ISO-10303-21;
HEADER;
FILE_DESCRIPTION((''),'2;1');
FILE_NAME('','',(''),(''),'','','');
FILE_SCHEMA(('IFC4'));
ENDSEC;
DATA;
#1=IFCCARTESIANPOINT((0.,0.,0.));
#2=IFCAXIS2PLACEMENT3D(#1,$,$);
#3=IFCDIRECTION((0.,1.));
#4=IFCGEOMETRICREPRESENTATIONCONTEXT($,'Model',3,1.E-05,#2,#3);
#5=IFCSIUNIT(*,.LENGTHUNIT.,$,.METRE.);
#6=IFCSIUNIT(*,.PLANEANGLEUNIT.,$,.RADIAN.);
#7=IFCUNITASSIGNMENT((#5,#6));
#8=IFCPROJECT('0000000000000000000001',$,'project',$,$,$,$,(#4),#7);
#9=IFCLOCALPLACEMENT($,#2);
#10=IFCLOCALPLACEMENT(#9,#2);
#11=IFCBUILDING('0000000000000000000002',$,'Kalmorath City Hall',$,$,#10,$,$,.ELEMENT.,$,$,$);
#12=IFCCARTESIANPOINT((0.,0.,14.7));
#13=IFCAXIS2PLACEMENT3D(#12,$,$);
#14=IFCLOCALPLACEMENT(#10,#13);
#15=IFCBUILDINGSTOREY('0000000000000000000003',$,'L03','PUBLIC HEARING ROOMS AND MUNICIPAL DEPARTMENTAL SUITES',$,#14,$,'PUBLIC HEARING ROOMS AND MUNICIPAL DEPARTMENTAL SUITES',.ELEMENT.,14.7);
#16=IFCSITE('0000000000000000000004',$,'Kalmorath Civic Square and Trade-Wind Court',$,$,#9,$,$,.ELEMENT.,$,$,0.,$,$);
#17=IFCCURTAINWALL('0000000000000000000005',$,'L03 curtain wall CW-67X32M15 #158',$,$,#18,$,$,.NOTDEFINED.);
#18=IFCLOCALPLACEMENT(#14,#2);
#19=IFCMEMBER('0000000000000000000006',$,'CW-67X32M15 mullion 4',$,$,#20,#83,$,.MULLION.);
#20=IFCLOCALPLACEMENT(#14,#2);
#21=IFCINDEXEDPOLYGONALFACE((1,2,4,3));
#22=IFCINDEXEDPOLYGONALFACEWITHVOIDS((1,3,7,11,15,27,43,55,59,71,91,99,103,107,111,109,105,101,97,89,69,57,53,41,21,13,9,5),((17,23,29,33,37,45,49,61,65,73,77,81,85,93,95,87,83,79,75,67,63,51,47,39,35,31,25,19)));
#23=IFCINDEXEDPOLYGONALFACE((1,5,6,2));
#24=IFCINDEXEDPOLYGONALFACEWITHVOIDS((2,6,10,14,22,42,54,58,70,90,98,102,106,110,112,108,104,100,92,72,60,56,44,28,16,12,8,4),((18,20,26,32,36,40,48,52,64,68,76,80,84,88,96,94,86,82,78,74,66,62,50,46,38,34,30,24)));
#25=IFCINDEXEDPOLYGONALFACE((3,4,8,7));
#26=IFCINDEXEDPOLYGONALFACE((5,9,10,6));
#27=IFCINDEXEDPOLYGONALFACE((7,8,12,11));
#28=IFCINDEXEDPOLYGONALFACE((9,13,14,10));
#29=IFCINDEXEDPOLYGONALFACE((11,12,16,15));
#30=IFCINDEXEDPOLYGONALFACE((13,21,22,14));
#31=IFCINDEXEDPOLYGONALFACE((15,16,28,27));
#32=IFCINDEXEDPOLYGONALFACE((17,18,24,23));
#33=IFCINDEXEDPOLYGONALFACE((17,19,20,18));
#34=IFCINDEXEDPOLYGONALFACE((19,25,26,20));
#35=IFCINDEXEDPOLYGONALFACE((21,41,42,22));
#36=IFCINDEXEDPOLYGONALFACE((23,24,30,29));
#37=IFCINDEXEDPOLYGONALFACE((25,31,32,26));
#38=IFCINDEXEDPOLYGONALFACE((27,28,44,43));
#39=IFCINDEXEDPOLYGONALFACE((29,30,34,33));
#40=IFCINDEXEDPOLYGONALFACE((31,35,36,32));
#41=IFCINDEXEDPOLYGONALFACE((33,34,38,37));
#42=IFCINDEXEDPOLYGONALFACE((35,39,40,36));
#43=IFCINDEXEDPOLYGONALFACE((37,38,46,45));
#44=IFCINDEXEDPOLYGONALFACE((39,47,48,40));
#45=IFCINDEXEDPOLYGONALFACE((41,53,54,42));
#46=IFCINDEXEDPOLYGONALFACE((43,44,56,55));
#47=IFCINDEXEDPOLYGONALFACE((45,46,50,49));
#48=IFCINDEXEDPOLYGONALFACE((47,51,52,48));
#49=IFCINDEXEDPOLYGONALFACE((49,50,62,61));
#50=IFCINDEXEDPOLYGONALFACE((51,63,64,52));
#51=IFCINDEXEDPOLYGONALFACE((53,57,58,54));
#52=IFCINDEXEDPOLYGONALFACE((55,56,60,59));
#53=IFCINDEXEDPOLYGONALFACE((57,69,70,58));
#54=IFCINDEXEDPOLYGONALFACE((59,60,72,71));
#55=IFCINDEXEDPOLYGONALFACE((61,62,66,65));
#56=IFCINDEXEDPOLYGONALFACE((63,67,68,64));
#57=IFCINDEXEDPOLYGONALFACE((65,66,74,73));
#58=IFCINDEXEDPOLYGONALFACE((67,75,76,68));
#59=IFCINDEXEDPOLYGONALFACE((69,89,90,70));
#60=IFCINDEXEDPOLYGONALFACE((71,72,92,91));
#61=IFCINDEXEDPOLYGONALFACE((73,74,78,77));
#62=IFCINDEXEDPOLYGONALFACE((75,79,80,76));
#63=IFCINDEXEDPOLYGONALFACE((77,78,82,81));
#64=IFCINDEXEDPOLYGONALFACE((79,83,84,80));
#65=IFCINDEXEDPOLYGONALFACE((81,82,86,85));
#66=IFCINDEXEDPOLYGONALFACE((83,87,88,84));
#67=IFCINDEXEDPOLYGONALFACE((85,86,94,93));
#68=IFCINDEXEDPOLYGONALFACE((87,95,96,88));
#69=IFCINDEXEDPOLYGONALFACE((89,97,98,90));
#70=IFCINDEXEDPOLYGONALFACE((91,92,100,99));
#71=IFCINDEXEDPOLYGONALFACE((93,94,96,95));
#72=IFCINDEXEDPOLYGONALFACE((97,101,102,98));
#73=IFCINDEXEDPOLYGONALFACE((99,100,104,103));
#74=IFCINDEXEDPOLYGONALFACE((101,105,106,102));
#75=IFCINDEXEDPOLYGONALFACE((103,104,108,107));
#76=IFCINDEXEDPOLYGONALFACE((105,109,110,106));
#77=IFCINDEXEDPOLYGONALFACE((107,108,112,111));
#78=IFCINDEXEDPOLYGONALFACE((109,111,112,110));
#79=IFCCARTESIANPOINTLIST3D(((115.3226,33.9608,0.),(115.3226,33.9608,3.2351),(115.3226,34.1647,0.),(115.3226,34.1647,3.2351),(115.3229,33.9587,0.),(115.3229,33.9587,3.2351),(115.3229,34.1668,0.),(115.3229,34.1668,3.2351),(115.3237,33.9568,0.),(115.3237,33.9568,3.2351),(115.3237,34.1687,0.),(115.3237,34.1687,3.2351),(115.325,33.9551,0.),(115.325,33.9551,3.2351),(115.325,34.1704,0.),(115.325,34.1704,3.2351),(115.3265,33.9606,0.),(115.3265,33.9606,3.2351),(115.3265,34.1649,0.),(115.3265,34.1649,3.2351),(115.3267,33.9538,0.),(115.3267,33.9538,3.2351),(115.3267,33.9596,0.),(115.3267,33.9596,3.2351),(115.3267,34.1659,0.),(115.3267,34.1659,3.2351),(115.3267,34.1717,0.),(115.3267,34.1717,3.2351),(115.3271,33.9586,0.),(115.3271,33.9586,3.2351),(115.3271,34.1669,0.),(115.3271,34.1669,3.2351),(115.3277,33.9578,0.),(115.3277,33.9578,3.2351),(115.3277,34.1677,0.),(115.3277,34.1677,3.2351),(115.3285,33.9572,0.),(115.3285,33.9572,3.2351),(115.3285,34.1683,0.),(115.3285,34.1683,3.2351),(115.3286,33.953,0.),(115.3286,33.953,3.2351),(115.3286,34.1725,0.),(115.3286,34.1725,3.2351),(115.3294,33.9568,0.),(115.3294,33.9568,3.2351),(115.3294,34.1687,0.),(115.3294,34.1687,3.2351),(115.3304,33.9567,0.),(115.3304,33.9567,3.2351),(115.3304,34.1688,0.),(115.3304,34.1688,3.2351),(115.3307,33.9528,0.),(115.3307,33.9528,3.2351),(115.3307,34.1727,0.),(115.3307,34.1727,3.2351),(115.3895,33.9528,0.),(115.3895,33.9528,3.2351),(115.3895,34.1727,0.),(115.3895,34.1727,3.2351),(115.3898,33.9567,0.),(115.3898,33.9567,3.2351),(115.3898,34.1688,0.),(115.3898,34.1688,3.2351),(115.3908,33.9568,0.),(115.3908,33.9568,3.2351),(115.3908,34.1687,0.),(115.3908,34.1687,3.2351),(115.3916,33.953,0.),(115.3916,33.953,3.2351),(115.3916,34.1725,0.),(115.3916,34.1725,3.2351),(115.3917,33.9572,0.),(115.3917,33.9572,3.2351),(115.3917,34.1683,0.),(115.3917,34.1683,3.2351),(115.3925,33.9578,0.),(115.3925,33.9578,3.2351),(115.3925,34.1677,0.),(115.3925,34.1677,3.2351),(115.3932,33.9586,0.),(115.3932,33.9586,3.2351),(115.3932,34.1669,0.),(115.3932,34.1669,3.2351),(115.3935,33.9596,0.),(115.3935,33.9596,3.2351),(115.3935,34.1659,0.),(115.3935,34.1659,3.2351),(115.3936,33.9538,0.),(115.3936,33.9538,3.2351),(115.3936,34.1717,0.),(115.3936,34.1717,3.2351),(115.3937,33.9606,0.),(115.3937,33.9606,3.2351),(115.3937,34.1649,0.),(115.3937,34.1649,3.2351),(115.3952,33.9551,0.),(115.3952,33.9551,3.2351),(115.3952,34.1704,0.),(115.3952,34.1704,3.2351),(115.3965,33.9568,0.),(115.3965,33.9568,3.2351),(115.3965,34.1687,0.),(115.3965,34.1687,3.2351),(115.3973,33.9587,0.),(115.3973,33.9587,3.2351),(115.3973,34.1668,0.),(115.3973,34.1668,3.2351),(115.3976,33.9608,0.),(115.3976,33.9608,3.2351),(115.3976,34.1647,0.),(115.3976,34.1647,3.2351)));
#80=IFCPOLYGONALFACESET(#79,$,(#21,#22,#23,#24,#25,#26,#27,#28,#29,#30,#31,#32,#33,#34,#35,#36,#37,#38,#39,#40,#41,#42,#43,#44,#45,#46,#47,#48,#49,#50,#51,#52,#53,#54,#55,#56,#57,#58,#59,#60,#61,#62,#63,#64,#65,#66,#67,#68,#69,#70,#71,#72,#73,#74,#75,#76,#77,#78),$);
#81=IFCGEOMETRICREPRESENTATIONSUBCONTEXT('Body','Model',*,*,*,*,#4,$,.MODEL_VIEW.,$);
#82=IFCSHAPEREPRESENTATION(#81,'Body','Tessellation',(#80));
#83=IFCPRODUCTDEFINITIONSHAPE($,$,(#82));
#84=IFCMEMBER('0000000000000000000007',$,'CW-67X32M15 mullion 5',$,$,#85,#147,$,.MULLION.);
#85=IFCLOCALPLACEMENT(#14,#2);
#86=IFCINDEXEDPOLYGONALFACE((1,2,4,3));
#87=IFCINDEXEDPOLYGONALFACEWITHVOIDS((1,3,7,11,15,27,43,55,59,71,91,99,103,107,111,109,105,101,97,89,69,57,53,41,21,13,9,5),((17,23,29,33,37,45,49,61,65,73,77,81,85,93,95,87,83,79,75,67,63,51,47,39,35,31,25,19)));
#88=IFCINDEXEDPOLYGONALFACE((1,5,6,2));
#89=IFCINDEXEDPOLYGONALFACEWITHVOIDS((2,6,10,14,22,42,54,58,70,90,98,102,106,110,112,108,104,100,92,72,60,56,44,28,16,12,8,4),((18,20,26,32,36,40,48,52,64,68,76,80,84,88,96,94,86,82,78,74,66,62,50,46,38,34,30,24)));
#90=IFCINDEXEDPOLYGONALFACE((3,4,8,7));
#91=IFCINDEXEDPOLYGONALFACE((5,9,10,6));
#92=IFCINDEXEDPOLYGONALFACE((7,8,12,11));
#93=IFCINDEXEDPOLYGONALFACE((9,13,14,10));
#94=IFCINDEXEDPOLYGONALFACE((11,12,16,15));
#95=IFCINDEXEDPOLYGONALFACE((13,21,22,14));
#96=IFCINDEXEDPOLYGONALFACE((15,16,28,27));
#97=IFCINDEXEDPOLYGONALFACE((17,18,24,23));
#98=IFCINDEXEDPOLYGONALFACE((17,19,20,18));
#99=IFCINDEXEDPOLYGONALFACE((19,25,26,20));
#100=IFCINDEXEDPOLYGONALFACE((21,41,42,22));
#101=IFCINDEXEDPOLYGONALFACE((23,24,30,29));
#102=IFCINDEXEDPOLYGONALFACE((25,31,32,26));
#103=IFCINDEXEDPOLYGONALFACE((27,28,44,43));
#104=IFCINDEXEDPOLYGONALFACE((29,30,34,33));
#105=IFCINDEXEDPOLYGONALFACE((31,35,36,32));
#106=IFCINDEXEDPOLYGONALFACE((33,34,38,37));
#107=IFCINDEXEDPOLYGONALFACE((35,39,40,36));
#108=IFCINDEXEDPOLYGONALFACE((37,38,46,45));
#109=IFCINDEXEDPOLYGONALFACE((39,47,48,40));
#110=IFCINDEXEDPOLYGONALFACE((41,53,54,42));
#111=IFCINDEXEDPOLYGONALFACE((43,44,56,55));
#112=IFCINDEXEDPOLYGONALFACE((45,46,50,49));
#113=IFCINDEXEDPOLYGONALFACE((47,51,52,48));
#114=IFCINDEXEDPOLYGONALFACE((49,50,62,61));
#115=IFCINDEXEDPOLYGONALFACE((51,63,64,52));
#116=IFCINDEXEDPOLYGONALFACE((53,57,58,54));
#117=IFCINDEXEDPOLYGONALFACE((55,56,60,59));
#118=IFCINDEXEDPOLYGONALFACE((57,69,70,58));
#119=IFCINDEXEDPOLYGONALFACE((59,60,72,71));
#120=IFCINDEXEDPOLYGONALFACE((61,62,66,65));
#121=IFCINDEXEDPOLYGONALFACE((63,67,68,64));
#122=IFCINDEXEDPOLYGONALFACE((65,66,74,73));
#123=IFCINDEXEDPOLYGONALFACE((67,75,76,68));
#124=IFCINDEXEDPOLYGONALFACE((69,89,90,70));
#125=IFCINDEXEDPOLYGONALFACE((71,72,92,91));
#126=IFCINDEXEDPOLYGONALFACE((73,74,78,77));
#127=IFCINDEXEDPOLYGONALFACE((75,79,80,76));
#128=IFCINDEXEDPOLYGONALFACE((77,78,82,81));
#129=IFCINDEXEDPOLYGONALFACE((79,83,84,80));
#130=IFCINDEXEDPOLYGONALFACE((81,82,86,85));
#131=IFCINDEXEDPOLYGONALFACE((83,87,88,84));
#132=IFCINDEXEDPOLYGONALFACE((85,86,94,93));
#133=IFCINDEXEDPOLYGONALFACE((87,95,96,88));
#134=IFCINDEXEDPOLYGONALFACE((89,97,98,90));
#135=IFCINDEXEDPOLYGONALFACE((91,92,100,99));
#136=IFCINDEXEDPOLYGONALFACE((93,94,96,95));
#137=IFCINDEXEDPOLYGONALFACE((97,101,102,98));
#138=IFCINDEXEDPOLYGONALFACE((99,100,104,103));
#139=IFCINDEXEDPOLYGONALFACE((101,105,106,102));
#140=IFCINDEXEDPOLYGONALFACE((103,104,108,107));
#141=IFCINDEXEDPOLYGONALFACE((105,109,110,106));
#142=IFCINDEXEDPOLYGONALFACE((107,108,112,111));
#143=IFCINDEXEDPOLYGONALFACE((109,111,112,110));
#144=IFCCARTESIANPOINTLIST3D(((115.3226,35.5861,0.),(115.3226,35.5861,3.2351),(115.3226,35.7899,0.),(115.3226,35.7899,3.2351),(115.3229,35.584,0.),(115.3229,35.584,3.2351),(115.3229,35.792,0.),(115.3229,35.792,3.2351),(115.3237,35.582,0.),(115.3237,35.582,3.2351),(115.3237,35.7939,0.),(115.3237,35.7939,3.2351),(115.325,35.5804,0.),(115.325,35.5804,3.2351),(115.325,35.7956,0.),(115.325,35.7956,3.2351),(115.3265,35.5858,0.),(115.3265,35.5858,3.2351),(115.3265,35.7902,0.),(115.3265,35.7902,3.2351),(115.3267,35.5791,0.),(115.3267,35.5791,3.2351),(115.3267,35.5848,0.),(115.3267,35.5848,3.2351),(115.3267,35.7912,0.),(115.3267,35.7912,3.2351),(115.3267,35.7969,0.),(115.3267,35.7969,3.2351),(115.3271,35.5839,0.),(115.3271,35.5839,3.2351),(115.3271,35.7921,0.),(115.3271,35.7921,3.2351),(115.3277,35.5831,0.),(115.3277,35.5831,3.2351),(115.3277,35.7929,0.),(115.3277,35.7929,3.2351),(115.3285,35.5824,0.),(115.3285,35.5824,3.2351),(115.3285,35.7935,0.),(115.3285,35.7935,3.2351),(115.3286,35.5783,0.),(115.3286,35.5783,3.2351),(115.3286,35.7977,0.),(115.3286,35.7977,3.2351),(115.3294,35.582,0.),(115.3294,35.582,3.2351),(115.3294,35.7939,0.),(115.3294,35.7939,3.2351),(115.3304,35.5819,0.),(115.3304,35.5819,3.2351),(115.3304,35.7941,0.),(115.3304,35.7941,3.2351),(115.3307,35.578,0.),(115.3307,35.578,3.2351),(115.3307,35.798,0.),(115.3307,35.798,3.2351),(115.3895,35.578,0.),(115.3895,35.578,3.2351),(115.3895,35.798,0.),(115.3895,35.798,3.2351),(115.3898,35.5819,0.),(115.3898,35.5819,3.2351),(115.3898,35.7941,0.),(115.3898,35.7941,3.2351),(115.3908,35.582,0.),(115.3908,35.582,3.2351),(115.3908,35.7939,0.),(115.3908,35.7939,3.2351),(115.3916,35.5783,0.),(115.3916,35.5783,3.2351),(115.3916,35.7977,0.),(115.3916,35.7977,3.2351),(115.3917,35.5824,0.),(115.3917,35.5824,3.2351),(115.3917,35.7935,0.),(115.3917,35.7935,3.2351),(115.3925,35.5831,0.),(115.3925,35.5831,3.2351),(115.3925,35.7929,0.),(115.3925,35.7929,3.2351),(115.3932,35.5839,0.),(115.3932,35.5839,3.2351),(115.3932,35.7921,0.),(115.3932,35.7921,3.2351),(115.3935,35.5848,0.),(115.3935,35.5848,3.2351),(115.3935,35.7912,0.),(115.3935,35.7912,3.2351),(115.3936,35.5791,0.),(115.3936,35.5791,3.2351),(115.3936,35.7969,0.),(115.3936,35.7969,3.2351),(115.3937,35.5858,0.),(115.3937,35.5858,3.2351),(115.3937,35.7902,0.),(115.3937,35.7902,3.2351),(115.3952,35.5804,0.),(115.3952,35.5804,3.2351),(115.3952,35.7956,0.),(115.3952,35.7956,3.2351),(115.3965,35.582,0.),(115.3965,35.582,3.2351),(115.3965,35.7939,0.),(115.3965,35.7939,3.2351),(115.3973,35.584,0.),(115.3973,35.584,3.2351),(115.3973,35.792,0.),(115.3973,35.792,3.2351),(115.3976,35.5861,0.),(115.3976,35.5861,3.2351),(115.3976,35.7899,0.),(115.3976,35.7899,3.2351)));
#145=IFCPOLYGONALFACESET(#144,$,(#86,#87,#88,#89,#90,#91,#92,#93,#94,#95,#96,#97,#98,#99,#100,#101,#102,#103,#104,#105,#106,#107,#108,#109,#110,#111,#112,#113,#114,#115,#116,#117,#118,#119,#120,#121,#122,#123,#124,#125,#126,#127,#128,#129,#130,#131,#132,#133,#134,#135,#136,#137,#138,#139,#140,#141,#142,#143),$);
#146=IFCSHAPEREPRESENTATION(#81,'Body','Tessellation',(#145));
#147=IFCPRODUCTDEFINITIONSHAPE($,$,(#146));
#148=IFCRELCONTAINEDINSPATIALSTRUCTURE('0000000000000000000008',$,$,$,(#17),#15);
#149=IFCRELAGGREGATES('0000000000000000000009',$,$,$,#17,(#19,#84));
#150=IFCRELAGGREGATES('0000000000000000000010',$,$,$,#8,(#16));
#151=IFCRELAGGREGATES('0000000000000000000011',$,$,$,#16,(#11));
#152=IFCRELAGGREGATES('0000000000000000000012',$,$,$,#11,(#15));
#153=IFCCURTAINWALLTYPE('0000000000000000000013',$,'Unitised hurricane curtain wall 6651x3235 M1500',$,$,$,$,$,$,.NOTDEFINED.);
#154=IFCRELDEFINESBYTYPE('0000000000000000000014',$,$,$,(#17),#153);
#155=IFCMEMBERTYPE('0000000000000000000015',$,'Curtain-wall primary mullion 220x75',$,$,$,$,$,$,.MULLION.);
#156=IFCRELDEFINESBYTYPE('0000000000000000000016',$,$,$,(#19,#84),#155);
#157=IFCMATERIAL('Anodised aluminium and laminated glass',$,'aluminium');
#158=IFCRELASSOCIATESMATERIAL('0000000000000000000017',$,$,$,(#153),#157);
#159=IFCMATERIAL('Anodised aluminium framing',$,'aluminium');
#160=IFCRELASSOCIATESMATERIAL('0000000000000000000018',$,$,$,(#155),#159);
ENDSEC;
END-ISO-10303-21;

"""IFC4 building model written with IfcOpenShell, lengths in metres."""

from ifc_helpers import new_model, si_unit, direction, frame, origin, origin_2d, place, context, subcontext, project, spatial, hollow_rectangle, extrude, material, material_profile, profile_set, type_object, element, aggregate, save


model = new_model("IFC4")

# Units and contexts
model_context = context("Model", 3, precision=1e-05, world=origin(), true_north=direction((0.0, 1.0)))
body_context = subcontext(model_context, "Body", "Model", "MODEL_VIEW")
ifc_project = project(units=[si_unit("LENGTHUNIT", "METRE"), si_unit("PLANEANGLEUNIT", "RADIAN")], contexts=[model_context])

# Site, building, storey
site_placement = place(None, origin())
site = spatial("IfcSite", under=ifc_project, at=site_placement, Name="Kalmorath Civic Square and Trade-Wind Court", CompositionType="ELEMENT", RefElevation=0.0)
building_placement = place(site_placement, origin())
building = spatial("IfcBuilding", under=site, at=building_placement, Name="Kalmorath City Hall", CompositionType="ELEMENT")
storey_placement = place(building_placement, frame((0.0, 0.0, 14.7)))
storey = spatial("IfcBuildingStorey", under=building, at=storey_placement, Name="L03", Description="PUBLIC HEARING ROOMS AND MUNICIPAL DEPARTMENTAL SUITES", LongName="PUBLIC HEARING ROOMS AND MUNICIPAL DEPARTMENTAL SUITES", CompositionType="ELEMENT", Elevation=14.7)

# Curtain wall, members
ifc_material_1 = material(Name="Anodised aluminium and laminated glass", Category="aluminium")
curtain_wall_type = type_object("IfcCurtainWallType", Name="Unitised hurricane curtain wall 6651x3235 M1500", PredefinedType="NOTDEFINED", material=ifc_material_1)
curtain_wall_placement = place(storey_placement, origin())
curtain_wall = element("IfcCurtainWall", 1, at=curtain_wall_placement, inside=storey, type_object=curtain_wall_type, Name="L03 curtain wall CW-67X32M15 #158", PredefinedType="NOTDEFINED")
ifc_material_2 = material(Name="Anodised aluminium framing", Category="aluminium")
ifc_material_profile_1 = material_profile(ifc_material_2, hollow_rectangle(XDim=0.075, YDim=0.22, WallThickness=0.0039, InnerFilletRadius=0.0039, OuterFilletRadius=0.0081, at=origin_2d()), Name="ALU-MUL-220X75X4")
ifc_profile_set_1 = profile_set([ifc_material_profile_1], Name="Anodised aluminium framing")
member_type_1 = type_object("IfcMemberType", Name="Curtain-wall primary mullion 220x75", PredefinedType="MULLION", material=ifc_profile_set_1)
member_1_placement = place(storey_placement, frame((115.3601, 34.0627, 0.0), z_axis=(0.0, 0.0, 1.0), x_axis=(-1.0, 0.0, 0.0)))
member_1 = element("IfcMember", 2, at=member_1_placement, type_object=member_type_1, Name="CW-67X32M15 mullion 4", PredefinedType="MULLION", context=body_context, shape_type="SweptSolid", body=[
    extrude(hollow_rectangle(XDim=0.075, YDim=0.22, WallThickness=0.0039, InnerFilletRadius=0.0039, OuterFilletRadius=0.0081, at=origin_2d()), origin(), (0.0, 0.0, 1.0), 3.2351),
])
member_2_placement = place(storey_placement, frame((115.3601, 35.688, 0.0), z_axis=(0.0, 0.0, 1.0), x_axis=(-1.0, 0.0, 0.0)))
member_2 = element("IfcMember", 3, at=member_2_placement, type_object=member_type_1, Name="CW-67X32M15 mullion 5", PredefinedType="MULLION", context=body_context, shape_type="SweptSolid", body=[
    extrude(hollow_rectangle(XDim=0.075, YDim=0.22, WallThickness=0.0039, InnerFilletRadius=0.0039, OuterFilletRadius=0.0081, at=origin_2d()), origin(), (0.0, 0.0, 1.0), 3.2351),
])
aggregate(curtain_wall, [member_1, member_2])

save(model, "model.ifc")
